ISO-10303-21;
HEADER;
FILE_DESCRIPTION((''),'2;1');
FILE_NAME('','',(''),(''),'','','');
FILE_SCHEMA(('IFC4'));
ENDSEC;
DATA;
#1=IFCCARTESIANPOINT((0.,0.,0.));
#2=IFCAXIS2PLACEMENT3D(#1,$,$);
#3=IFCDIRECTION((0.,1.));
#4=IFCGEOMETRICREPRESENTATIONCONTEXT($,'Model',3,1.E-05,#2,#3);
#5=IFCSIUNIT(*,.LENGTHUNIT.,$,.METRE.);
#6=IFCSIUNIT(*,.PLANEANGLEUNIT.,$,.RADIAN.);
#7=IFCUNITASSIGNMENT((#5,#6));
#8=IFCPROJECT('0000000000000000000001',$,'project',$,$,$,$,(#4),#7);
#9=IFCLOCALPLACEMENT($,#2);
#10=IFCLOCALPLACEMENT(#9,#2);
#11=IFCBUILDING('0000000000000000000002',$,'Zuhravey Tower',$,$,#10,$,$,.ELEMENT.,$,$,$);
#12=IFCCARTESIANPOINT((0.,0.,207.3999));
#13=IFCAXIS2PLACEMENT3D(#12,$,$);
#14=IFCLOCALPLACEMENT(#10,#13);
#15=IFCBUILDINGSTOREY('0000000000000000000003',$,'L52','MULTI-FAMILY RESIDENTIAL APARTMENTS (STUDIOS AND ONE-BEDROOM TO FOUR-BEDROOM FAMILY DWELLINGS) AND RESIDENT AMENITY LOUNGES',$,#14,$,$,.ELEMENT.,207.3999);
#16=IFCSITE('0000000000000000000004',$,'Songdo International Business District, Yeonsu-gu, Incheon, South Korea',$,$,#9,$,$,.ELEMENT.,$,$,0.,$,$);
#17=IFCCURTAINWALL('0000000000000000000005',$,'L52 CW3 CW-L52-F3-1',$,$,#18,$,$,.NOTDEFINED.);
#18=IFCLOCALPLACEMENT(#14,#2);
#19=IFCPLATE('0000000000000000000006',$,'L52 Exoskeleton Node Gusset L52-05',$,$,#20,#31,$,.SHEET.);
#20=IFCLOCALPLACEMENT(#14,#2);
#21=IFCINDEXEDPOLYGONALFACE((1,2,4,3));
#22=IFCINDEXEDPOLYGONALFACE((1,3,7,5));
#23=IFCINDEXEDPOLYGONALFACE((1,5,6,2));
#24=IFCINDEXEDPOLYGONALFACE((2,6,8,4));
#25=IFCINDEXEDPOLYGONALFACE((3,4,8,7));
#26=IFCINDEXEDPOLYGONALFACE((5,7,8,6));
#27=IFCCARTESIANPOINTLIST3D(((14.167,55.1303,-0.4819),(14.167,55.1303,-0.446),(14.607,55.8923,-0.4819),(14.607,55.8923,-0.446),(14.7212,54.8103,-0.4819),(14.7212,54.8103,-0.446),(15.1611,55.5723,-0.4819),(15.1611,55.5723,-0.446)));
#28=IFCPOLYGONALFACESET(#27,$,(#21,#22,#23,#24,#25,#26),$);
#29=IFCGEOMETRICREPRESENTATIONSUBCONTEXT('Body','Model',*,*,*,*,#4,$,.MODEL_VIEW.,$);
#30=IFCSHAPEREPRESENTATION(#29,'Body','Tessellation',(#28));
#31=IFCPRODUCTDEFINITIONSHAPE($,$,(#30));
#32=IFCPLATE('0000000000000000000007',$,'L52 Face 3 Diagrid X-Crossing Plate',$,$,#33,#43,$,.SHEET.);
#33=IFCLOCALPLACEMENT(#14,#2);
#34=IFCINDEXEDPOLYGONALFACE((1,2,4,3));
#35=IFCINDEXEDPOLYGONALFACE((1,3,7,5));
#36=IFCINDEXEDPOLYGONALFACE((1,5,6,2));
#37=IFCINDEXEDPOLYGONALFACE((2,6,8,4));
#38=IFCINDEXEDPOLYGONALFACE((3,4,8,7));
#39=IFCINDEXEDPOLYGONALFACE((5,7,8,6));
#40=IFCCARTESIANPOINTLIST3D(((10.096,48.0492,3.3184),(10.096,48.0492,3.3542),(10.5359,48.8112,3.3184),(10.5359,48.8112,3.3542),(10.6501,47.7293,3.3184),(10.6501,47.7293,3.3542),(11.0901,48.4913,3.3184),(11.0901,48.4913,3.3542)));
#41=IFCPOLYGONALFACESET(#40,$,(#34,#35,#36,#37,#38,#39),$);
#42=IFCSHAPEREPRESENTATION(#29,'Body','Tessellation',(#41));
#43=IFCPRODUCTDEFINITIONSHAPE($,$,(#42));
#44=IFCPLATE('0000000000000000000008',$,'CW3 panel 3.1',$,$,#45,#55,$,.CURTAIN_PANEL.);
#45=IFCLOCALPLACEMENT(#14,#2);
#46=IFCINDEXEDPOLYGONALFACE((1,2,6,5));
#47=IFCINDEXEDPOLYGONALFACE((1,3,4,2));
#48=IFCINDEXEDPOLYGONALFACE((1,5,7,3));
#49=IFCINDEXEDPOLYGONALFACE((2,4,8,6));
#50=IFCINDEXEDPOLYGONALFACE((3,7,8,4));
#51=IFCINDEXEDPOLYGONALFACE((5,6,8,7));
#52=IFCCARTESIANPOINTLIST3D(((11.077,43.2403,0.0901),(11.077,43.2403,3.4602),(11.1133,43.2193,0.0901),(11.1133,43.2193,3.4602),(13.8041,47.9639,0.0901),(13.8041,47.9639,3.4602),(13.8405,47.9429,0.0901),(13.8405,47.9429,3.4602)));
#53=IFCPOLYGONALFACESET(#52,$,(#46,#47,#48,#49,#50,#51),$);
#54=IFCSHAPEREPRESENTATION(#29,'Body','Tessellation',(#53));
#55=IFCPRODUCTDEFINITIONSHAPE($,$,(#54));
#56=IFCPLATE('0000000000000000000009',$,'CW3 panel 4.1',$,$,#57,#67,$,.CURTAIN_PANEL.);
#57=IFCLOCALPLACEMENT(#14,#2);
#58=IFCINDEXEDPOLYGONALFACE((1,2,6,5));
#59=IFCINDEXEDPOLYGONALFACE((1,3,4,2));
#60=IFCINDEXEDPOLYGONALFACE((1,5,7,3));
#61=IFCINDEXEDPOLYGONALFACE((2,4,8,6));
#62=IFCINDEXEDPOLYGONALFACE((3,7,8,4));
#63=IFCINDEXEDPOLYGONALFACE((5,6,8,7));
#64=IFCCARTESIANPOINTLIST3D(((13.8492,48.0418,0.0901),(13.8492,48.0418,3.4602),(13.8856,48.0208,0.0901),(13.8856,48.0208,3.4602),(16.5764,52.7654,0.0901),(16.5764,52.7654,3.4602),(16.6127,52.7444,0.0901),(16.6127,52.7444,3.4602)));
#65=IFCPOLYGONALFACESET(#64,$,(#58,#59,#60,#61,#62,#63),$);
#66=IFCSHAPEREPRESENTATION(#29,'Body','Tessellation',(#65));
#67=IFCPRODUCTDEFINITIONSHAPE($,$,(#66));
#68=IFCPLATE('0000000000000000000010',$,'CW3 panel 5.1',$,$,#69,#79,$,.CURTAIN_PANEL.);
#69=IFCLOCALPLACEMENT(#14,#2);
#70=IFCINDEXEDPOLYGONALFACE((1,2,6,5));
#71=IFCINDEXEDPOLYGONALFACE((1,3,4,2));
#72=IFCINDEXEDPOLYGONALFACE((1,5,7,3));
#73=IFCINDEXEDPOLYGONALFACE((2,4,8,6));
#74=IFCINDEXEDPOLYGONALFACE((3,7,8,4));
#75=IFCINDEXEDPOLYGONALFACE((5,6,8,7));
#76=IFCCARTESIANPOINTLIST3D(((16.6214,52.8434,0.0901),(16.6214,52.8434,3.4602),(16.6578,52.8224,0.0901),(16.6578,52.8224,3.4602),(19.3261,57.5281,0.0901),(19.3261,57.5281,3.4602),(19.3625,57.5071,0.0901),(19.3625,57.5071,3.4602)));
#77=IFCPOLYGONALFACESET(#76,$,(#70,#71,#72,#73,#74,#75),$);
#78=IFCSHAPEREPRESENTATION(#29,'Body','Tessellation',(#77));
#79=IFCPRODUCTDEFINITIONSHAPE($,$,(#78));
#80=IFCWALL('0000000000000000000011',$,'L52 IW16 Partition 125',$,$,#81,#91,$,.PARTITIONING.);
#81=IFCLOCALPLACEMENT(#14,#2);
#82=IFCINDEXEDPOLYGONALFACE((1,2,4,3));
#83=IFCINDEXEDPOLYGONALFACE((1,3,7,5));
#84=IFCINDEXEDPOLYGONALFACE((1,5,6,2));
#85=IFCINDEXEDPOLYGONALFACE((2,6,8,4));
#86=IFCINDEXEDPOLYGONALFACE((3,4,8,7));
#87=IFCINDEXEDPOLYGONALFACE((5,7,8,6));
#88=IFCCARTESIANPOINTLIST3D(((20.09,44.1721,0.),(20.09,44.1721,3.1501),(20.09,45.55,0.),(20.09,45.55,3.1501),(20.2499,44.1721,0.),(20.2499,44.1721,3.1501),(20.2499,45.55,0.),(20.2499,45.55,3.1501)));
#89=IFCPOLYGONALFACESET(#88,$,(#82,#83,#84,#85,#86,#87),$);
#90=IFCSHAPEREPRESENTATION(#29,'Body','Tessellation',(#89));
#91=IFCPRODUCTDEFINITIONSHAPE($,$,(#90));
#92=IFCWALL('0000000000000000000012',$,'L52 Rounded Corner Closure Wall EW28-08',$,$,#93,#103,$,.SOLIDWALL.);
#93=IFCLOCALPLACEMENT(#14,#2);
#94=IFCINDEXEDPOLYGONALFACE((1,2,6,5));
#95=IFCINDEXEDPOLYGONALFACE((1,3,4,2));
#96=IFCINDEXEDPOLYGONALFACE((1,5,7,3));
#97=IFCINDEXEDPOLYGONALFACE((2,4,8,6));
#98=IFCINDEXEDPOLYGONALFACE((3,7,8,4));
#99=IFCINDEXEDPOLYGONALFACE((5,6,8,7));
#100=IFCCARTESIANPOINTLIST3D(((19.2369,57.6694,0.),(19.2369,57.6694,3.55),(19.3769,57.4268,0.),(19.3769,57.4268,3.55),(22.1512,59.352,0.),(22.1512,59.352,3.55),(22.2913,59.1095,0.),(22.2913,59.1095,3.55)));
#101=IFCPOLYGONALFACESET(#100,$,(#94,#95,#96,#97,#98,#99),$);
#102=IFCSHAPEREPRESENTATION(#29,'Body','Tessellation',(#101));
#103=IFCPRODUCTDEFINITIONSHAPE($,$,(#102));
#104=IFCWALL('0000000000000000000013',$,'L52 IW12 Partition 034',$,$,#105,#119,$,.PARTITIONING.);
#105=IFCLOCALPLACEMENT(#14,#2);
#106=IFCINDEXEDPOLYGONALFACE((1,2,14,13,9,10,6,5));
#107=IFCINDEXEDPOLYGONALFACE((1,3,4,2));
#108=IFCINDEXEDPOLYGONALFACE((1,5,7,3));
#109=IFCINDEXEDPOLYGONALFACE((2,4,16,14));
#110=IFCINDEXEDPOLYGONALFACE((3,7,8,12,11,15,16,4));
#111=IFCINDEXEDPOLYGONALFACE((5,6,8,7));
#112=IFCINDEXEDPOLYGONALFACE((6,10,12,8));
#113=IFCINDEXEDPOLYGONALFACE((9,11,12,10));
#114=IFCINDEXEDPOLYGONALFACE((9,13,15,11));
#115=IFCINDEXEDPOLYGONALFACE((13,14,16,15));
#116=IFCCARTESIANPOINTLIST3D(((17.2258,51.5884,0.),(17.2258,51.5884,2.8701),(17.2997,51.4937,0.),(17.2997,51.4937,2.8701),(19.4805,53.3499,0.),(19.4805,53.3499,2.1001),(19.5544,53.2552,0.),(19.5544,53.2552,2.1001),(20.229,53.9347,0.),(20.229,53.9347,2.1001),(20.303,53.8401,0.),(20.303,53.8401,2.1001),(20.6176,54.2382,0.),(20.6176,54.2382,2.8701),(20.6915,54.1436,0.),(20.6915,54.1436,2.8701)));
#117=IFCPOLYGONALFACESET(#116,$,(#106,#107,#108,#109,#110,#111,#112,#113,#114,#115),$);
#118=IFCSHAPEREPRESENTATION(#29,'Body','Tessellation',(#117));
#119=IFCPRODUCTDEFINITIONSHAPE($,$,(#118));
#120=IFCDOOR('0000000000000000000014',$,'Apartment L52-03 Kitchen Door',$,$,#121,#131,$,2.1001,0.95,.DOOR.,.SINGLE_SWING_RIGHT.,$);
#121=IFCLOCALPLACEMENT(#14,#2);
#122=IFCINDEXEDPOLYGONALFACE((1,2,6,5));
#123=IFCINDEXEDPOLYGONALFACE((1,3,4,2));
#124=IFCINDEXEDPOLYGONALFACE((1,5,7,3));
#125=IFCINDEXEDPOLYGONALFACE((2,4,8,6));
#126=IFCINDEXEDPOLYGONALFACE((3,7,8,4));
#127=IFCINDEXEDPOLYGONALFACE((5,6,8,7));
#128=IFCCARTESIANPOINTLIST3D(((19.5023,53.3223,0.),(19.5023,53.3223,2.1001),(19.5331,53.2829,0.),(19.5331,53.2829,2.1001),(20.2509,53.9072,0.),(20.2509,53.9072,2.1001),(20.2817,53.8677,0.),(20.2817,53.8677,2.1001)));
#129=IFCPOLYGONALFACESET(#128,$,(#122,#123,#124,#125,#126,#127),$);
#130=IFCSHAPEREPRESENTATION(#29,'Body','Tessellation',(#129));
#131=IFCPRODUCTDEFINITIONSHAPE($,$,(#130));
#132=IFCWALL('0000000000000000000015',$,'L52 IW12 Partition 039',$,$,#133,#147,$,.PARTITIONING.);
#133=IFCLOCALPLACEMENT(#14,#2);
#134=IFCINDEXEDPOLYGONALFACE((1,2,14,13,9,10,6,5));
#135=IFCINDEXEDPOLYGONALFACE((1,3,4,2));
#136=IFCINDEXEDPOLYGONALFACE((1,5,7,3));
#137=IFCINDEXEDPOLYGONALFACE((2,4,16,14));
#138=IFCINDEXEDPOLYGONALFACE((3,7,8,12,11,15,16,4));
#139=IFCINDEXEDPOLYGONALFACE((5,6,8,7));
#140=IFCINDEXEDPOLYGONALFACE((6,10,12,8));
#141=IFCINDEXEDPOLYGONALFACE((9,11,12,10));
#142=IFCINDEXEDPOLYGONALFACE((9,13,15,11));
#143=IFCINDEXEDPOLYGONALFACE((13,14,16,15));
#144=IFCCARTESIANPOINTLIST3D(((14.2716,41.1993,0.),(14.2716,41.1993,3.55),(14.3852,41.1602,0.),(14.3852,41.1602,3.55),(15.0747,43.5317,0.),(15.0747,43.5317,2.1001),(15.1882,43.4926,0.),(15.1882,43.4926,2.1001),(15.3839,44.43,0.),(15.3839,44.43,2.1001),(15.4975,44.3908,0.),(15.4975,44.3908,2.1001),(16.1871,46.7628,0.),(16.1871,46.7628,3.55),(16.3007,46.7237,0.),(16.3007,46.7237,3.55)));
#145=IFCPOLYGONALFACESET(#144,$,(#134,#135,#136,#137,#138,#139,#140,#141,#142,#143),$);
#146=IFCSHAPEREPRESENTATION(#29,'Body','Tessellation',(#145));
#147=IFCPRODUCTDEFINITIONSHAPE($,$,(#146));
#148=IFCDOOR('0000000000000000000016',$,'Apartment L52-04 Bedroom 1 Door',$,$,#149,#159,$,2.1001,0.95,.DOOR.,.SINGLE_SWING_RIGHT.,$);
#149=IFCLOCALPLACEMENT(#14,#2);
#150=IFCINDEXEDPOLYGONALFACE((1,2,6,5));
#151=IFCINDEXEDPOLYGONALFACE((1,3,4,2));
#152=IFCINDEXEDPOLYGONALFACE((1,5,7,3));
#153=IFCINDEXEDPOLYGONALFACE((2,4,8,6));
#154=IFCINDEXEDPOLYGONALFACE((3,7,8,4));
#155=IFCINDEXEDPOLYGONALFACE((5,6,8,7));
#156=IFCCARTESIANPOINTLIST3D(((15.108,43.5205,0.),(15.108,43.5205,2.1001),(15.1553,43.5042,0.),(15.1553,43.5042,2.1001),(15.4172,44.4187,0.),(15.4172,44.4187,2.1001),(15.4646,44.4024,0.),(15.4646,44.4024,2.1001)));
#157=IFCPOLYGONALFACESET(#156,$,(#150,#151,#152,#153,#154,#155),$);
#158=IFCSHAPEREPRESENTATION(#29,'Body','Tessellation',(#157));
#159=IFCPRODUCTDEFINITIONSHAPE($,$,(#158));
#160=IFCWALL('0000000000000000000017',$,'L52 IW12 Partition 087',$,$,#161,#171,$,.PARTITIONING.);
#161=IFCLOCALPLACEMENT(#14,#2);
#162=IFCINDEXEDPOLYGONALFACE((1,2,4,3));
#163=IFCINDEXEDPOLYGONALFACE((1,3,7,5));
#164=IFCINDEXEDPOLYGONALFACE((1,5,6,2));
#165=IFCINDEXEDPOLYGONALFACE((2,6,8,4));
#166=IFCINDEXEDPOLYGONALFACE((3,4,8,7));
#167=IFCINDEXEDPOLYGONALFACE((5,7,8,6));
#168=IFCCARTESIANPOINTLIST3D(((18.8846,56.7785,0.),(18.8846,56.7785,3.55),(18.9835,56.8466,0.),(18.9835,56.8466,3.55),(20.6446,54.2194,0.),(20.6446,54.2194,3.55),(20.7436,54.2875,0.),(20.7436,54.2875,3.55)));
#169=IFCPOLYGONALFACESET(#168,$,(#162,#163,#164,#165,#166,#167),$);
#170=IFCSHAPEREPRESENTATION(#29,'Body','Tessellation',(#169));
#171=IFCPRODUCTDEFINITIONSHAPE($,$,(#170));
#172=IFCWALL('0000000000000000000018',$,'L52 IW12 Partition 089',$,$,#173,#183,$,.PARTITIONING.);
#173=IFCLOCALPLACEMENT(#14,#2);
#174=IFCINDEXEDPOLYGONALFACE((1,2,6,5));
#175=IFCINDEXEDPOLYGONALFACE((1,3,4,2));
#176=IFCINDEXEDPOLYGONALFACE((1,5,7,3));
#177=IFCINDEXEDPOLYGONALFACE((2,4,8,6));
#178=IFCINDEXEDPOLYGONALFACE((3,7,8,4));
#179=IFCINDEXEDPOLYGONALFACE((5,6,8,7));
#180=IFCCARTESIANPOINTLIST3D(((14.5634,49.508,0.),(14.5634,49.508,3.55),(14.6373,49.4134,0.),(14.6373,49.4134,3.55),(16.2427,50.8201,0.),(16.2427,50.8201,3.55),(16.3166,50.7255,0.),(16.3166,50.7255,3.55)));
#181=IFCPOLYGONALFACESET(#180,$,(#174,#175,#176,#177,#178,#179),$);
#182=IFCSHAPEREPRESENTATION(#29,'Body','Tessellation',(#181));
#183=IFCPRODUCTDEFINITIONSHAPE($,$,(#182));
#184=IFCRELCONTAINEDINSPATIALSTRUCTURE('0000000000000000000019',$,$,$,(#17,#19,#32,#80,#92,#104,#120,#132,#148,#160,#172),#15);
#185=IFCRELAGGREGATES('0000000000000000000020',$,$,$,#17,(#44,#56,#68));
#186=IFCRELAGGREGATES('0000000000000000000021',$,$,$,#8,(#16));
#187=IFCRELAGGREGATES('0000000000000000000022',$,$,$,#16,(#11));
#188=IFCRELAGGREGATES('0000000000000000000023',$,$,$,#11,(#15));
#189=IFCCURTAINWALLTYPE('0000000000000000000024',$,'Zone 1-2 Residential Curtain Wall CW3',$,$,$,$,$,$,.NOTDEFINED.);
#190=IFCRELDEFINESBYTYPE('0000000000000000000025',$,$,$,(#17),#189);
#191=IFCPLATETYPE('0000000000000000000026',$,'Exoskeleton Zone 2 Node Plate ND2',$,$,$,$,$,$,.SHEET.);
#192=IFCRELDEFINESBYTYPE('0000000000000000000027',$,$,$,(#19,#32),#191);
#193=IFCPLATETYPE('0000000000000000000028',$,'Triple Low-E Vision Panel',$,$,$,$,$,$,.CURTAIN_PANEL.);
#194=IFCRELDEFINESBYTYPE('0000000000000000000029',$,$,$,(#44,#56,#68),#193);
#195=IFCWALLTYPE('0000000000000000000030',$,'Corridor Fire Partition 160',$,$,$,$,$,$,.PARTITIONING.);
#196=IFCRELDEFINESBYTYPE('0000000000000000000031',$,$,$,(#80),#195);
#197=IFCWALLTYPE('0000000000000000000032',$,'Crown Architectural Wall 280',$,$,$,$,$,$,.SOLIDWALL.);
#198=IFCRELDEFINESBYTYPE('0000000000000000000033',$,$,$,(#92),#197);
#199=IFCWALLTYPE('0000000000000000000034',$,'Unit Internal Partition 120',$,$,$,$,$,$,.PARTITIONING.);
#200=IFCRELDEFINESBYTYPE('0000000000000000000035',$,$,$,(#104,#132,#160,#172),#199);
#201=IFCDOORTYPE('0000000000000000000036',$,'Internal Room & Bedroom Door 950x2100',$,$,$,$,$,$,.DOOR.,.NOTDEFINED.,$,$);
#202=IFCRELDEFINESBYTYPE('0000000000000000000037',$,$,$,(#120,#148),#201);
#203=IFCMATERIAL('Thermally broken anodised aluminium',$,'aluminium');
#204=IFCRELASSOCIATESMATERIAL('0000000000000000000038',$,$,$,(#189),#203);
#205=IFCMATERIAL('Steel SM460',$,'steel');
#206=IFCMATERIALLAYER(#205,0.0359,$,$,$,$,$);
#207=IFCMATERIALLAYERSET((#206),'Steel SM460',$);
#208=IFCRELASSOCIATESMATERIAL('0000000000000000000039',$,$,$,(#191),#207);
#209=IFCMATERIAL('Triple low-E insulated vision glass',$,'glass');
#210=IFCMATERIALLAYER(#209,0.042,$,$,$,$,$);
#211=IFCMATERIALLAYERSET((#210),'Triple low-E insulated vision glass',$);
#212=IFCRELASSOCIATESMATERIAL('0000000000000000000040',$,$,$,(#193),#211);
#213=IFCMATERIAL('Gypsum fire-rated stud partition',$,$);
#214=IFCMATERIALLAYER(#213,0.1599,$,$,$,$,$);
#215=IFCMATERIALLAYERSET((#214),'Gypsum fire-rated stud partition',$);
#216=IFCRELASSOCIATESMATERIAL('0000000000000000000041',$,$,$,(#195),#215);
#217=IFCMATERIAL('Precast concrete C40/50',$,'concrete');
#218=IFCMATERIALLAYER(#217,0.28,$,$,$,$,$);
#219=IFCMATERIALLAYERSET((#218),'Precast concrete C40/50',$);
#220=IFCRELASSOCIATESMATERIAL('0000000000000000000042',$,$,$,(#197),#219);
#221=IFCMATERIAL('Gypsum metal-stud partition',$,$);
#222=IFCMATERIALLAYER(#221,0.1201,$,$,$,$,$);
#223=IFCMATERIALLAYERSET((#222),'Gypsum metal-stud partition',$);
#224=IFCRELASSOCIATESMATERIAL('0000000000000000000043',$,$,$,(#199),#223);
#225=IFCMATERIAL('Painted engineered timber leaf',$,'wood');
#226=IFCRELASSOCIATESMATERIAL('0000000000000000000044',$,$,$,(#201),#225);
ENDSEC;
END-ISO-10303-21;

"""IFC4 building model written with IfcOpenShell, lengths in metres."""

from ifc_helpers import new_model, si_unit, direction, frame, frame_2d, origin, origin_2d, place, context, subcontext, project, spatial, rectangle, extrude, material, layer, layer_set, type_object, element, fill, aggregate, save


model = new_model("IFC4")

# Units and contexts
model_context = context("Model", 3, precision=1e-05, world=origin(), true_north=direction((0.0, 1.0)))
body_context = subcontext(model_context, "Body", "Model", "MODEL_VIEW")
ifc_project = project(units=[si_unit("LENGTHUNIT", "METRE"), si_unit("PLANEANGLEUNIT", "RADIAN")], contexts=[model_context])

# Site, building, storey
site_placement = place(None, origin())
site = spatial("IfcSite", under=ifc_project, at=site_placement, Name="Songdo International Business District, Yeonsu-gu, Incheon, South Korea", CompositionType="ELEMENT", RefElevation=0.0)
building_placement = place(site_placement, origin())
building = spatial("IfcBuilding", under=site, at=building_placement, Name="Zuhravey Tower", CompositionType="ELEMENT")
storey_placement = place(building_placement, frame((0.0, 0.0, 207.3999)))
storey = spatial("IfcBuildingStorey", under=building, at=storey_placement, Name="L52", Description="MULTI-FAMILY RESIDENTIAL APARTMENTS (STUDIOS AND ONE-BEDROOM TO FOUR-BEDROOM FAMILY DWELLINGS) AND RESIDENT AMENITY LOUNGES", CompositionType="ELEMENT", Elevation=207.3999)

# Curtain wall
ifc_material_1 = material(Name="Thermally broken anodised aluminium", Category="aluminium")
curtain_wall_type = type_object("IfcCurtainWallType", Name="Zone 1-2 Residential Curtain Wall CW3", PredefinedType="NOTDEFINED", material=ifc_material_1)
curtain_wall_placement = place(storey_placement, origin())
curtain_wall = element("IfcCurtainWall", 1, at=curtain_wall_placement, inside=storey, type_object=curtain_wall_type, Name="L52 CW3 CW-L52-F3-1", PredefinedType="NOTDEFINED")

# Shared definitions
ifc_material_2 = material(Name="Steel SM460", Category="steel")

# Plates
ifc_layer_1 = layer(ifc_material_2, 0.0359)
ifc_layer_set_1 = layer_set([ifc_layer_1], Name="Steel SM460")
plate_type_1 = type_object("IfcPlateType", Name="Exoskeleton Zone 2 Node Plate ND2", PredefinedType="SHEET", material=ifc_layer_set_1)
for number, where, z_axis, x_axis, name in (
    (2, (14.6641, 55.3513, -0.4819), (0.0, 0.0, 1.0), (-0.5, -0.866025, 0.0), "L52 Exoskeleton Node Gusset L52-05"),
    (3, (10.593, 48.2703, 3.3184), (0.0, 0.0, 1.0), (-0.5, -0.866025, 0.0), "L52 Face 3 Diagrid X-Crossing Plate"),
):
    element("IfcPlate", number, at=place(storey_placement, frame(where, z_axis=z_axis, x_axis=x_axis)), inside=storey, type_object=plate_type_1, Name=name, PredefinedType="SHEET", context=body_context, shape_type="SweptSolid", body=[
        extrude(rectangle(XDim=0.8799, YDim=0.6399, at=origin_2d()), origin(), (0.0, 0.0, 1.0), 0.0359),
    ])

# Plates
ifc_material_3 = material(Name="Triple low-E insulated vision glass", Category="glass")
ifc_layer_2 = layer(ifc_material_3, 0.042)
ifc_layer_set_2 = layer_set([ifc_layer_2], Name="Triple low-E insulated vision glass")
plate_type_2 = type_object("IfcPlateType", Name="Triple Low-E Vision Panel", PredefinedType="CURTAIN_PANEL", material=ifc_layer_set_2)
plate_1_placement = place(storey_placement, frame((12.4587, 45.5916, 0.0901), z_axis=(0.0, 0.0, 1.0), x_axis=(0.5, 0.866025, 0.0)))
plate_1 = element("IfcPlate", 4, at=plate_1_placement, type_object=plate_type_2, Name="CW3 panel 3.1", PredefinedType="CURTAIN_PANEL", context=body_context, shape_type="SweptSolid", body=[
    extrude(rectangle(XDim=5.4543, YDim=0.042, at=origin_2d()), origin(), (0.0, 0.0, 1.0), 3.3701),
])
plate_2_placement = place(storey_placement, frame((15.231, 50.3931, 0.0901), z_axis=(0.0, 0.0, 1.0), x_axis=(0.5, 0.866025, 0.0)))
plate_2 = element("IfcPlate", 5, at=plate_2_placement, type_object=plate_type_2, Name="CW3 panel 4.1", PredefinedType="CURTAIN_PANEL", context=body_context, shape_type="SweptSolid", body=[
    extrude(rectangle(XDim=5.4543, YDim=0.042, at=origin_2d()), origin(), (0.0, 0.0, 1.0), 3.3701),
])
plate_3_placement = place(storey_placement, frame((17.9919, 55.1753, 0.0901), z_axis=(0.0, 0.0, 1.0), x_axis=(0.5, 0.866025, 0.0)))
plate_3 = element("IfcPlate", 6, at=plate_3_placement, type_object=plate_type_2, Name="CW3 panel 5.1", PredefinedType="CURTAIN_PANEL", context=body_context, shape_type="SweptSolid", body=[
    extrude(rectangle(XDim=5.4094, YDim=0.042, at=origin_2d()), origin(), (0.0, 0.0, 1.0), 3.3701),
])
aggregate(curtain_wall, [plate_1, plate_2, plate_3])

# Walls
ifc_material_4 = material(Name="Gypsum fire-rated stud partition")
ifc_layer_3 = layer(ifc_material_4, 0.1599)
ifc_layer_set_3 = layer_set([ifc_layer_3], Name="Gypsum fire-rated stud partition")
wall_type_1 = type_object("IfcWallType", Name="Corridor Fire Partition 160", PredefinedType="PARTITIONING", material=ifc_layer_set_3)
wall_1_placement = place(storey_placement, frame((20.1699, 45.55, 0.0), z_axis=(0.0, 0.0, 1.0), x_axis=(0.0, -1.0, 0.0)))
element("IfcWall", 7, at=wall_1_placement, inside=storey, type_object=wall_type_1, Name="L52 IW16 Partition 125", PredefinedType="PARTITIONING", context=body_context, shape_type="SweptSolid", body=[
    extrude(rectangle(XDim=1.3779, YDim=0.1599, at=frame_2d((0.689, 0.0))), origin(), (0.0, 0.0, 1.0), 3.1501),
])
ifc_material_5 = material(Name="Precast concrete C40/50", Category="concrete")
ifc_layer_4 = layer(ifc_material_5, 0.28)
ifc_layer_set_4 = layer_set([ifc_layer_4], Name="Precast concrete C40/50")
wall_type_2 = type_object("IfcWallType", Name="Crown Architectural Wall 280", PredefinedType="SOLIDWALL", material=ifc_layer_set_4)
wall_2_placement = place(storey_placement, frame((19.3069, 57.5481, 0.0), z_axis=(0.0, 0.0, 1.0), x_axis=(0.86602, 0.500009, 0.0)))
element("IfcWall", 8, at=wall_2_placement, inside=storey, type_object=wall_type_2, Name="L52 Rounded Corner Closure Wall EW28-08", PredefinedType="SOLIDWALL", context=body_context, shape_type="SweptSolid", body=[
    extrude(rectangle(XDim=3.3652, YDim=0.28, at=frame_2d((1.6826, 0.0))), origin(), (0.0, 0.0, 1.0), 3.55),
])

# Walls, openings, doors
ifc_material_6 = material(Name="Gypsum metal-stud partition")
ifc_layer_5 = layer(ifc_material_6, 0.1201)
ifc_layer_set_5 = layer_set([ifc_layer_5], Name="Gypsum metal-stud partition")
wall_type_3 = type_object("IfcWallType", Name="Unit Internal Partition 120", PredefinedType="PARTITIONING", material=ifc_layer_set_5)
wall_3_placement = place(storey_placement, frame((20.6545, 54.1909, 0.0), z_axis=(0.0, 0.0, 1.0), x_axis=(-0.788022, -0.615647, 0.0)))
wall_3 = element("IfcWall", 9, at=wall_3_placement, inside=storey, type_object=wall_type_3, Name="L52 IW12 Partition 034", PredefinedType="PARTITIONING", context=body_context, shape_type="SweptSolid", body=[
    extrude(rectangle(XDim=4.3042, YDim=0.1201, at=frame_2d((2.1521, 0.0))), origin(), (0.0, 0.0, 1.0), 2.8701),
])
opening_1_placement = place(wall_3_placement, frame((0.4929, 0.0, 0.0)))
opening_1 = element("IfcOpeningElement", 10, at=opening_1_placement, cuts=wall_3, PredefinedType="OPENING", context=body_context, shape_type="SweptSolid", body=[
    extrude(rectangle(XDim=0.95, YDim=2.1001, at=frame_2d((0.4751, 1.05))), frame((0.0, 0.072, 0.0), z_axis=(0.0, -1.0, 0.0), x_axis=(1.0, 0.0, 0.0)), (0.0, 0.0, 1.0), 0.144),
])
ifc_material_7 = material(Name="Painted engineered timber leaf", Category="wood")
door_type = type_object("IfcDoorType", Name="Internal Room & Bedroom Door 950x2100", OperationType="NOTDEFINED", PredefinedType="DOOR", material=ifc_material_7)
door_1_placement = place(opening_1_placement, frame((0.95, 0.0, 0.0), z_axis=(0.0, 0.0, 1.0), x_axis=(-1.0, 0.0, 0.0)))
door_1 = element("IfcDoor", 11, at=door_1_placement, inside=storey, type_object=door_type, Name="Apartment L52-03 Kitchen Door", OperationType="SINGLE_SWING_RIGHT", OverallHeight=2.1001, OverallWidth=0.95, PredefinedType="DOOR", context=body_context, shape_type="SweptSolid", body=[
    extrude(rectangle(XDim=0.95, YDim=2.1001, at=frame_2d((0.4751, 1.05))), frame((0.0, 0.0249, 0.0), z_axis=(0.0, -1.0, 0.0), x_axis=(1.0, 0.0, 0.0)), (0.0, 0.0, 1.0), 0.05),
])
fill(opening_1, door_1)
wall_4_placement = place(storey_placement, frame((16.2439, 46.7432, 0.0), z_axis=(0.0, 0.0, 1.0), x_axis=(-0.325548, -0.945525, 0.0)))
wall_4 = element("IfcWall", 12, at=wall_4_placement, inside=storey, type_object=wall_type_3, Name="L52 IW12 Partition 039", PredefinedType="PARTITIONING", context=body_context, shape_type="SweptSolid", body=[
    extrude(rectangle(XDim=5.884, YDim=0.1201, at=frame_2d((2.9419, 0.0))), origin(), (0.0, 0.0, 1.0), 3.55),
])
opening_2_placement = place(wall_4_placement, frame((2.467, 0.0, 0.0)))
opening_2 = element("IfcOpeningElement", 13, at=opening_2_placement, cuts=wall_4, PredefinedType="OPENING", context=body_context, shape_type="SweptSolid", body=[
    extrude(rectangle(XDim=0.95, YDim=2.1001, at=frame_2d((0.4751, 1.05))), frame((0.0, 0.072, 0.0), z_axis=(0.0, -1.0, 0.0), x_axis=(1.0, 0.0, 0.0)), (0.0, 0.0, 1.0), 0.144),
])
door_2_placement = place(opening_2_placement, frame((0.95, 0.0, 0.0), z_axis=(0.0, 0.0, 1.0), x_axis=(-1.0, 0.0, 0.0)))
door_2 = element("IfcDoor", 14, at=door_2_placement, inside=storey, type_object=door_type, Name="Apartment L52-04 Bedroom 1 Door", OperationType="SINGLE_SWING_RIGHT", OverallHeight=2.1001, OverallWidth=0.95, PredefinedType="DOOR", context=body_context, shape_type="SweptSolid", body=[
    extrude(rectangle(XDim=0.95, YDim=2.1001, at=frame_2d((0.4751, 1.05))), frame((0.0, 0.0249, 0.0), z_axis=(0.0, -1.0, 0.0), x_axis=(1.0, 0.0, 0.0)), (0.0, 0.0, 1.0), 0.05),
])
fill(opening_2, door_2)

# Walls
wall_5_placement = place(storey_placement, frame((20.6941, 54.2534, 0.0), z_axis=(0.0, 0.0, 1.0), x_axis=(-0.566669, 0.823946, 0.0)))
element("IfcWall", 15, at=wall_5_placement, inside=storey, type_object=wall_type_3, Name="L52 IW12 Partition 087", PredefinedType="PARTITIONING", context=body_context, shape_type="SweptSolid", body=[
    extrude(rectangle(XDim=3.106, YDim=0.1201, at=frame_2d((1.553, 0.0))), origin(), (0.0, 0.0, 1.0), 3.55),
])
wall_6_placement = place(storey_placement, frame((16.2795, 50.7727, 0.0), z_axis=(0.0, 0.0, 1.0), x_axis=(-0.787993, -0.615684, 0.0)))
element("IfcWall", 16, at=wall_6_placement, inside=storey, type_object=wall_type_3, Name="L52 IW12 Partition 089", PredefinedType="PARTITIONING", context=body_context, shape_type="SweptSolid", body=[
    extrude(rectangle(XDim=2.1311, YDim=0.1201, at=frame_2d((1.0654, 0.0))), origin(), (0.0, 0.0, 1.0), 3.55),
])

save(model, "model.ifc")
